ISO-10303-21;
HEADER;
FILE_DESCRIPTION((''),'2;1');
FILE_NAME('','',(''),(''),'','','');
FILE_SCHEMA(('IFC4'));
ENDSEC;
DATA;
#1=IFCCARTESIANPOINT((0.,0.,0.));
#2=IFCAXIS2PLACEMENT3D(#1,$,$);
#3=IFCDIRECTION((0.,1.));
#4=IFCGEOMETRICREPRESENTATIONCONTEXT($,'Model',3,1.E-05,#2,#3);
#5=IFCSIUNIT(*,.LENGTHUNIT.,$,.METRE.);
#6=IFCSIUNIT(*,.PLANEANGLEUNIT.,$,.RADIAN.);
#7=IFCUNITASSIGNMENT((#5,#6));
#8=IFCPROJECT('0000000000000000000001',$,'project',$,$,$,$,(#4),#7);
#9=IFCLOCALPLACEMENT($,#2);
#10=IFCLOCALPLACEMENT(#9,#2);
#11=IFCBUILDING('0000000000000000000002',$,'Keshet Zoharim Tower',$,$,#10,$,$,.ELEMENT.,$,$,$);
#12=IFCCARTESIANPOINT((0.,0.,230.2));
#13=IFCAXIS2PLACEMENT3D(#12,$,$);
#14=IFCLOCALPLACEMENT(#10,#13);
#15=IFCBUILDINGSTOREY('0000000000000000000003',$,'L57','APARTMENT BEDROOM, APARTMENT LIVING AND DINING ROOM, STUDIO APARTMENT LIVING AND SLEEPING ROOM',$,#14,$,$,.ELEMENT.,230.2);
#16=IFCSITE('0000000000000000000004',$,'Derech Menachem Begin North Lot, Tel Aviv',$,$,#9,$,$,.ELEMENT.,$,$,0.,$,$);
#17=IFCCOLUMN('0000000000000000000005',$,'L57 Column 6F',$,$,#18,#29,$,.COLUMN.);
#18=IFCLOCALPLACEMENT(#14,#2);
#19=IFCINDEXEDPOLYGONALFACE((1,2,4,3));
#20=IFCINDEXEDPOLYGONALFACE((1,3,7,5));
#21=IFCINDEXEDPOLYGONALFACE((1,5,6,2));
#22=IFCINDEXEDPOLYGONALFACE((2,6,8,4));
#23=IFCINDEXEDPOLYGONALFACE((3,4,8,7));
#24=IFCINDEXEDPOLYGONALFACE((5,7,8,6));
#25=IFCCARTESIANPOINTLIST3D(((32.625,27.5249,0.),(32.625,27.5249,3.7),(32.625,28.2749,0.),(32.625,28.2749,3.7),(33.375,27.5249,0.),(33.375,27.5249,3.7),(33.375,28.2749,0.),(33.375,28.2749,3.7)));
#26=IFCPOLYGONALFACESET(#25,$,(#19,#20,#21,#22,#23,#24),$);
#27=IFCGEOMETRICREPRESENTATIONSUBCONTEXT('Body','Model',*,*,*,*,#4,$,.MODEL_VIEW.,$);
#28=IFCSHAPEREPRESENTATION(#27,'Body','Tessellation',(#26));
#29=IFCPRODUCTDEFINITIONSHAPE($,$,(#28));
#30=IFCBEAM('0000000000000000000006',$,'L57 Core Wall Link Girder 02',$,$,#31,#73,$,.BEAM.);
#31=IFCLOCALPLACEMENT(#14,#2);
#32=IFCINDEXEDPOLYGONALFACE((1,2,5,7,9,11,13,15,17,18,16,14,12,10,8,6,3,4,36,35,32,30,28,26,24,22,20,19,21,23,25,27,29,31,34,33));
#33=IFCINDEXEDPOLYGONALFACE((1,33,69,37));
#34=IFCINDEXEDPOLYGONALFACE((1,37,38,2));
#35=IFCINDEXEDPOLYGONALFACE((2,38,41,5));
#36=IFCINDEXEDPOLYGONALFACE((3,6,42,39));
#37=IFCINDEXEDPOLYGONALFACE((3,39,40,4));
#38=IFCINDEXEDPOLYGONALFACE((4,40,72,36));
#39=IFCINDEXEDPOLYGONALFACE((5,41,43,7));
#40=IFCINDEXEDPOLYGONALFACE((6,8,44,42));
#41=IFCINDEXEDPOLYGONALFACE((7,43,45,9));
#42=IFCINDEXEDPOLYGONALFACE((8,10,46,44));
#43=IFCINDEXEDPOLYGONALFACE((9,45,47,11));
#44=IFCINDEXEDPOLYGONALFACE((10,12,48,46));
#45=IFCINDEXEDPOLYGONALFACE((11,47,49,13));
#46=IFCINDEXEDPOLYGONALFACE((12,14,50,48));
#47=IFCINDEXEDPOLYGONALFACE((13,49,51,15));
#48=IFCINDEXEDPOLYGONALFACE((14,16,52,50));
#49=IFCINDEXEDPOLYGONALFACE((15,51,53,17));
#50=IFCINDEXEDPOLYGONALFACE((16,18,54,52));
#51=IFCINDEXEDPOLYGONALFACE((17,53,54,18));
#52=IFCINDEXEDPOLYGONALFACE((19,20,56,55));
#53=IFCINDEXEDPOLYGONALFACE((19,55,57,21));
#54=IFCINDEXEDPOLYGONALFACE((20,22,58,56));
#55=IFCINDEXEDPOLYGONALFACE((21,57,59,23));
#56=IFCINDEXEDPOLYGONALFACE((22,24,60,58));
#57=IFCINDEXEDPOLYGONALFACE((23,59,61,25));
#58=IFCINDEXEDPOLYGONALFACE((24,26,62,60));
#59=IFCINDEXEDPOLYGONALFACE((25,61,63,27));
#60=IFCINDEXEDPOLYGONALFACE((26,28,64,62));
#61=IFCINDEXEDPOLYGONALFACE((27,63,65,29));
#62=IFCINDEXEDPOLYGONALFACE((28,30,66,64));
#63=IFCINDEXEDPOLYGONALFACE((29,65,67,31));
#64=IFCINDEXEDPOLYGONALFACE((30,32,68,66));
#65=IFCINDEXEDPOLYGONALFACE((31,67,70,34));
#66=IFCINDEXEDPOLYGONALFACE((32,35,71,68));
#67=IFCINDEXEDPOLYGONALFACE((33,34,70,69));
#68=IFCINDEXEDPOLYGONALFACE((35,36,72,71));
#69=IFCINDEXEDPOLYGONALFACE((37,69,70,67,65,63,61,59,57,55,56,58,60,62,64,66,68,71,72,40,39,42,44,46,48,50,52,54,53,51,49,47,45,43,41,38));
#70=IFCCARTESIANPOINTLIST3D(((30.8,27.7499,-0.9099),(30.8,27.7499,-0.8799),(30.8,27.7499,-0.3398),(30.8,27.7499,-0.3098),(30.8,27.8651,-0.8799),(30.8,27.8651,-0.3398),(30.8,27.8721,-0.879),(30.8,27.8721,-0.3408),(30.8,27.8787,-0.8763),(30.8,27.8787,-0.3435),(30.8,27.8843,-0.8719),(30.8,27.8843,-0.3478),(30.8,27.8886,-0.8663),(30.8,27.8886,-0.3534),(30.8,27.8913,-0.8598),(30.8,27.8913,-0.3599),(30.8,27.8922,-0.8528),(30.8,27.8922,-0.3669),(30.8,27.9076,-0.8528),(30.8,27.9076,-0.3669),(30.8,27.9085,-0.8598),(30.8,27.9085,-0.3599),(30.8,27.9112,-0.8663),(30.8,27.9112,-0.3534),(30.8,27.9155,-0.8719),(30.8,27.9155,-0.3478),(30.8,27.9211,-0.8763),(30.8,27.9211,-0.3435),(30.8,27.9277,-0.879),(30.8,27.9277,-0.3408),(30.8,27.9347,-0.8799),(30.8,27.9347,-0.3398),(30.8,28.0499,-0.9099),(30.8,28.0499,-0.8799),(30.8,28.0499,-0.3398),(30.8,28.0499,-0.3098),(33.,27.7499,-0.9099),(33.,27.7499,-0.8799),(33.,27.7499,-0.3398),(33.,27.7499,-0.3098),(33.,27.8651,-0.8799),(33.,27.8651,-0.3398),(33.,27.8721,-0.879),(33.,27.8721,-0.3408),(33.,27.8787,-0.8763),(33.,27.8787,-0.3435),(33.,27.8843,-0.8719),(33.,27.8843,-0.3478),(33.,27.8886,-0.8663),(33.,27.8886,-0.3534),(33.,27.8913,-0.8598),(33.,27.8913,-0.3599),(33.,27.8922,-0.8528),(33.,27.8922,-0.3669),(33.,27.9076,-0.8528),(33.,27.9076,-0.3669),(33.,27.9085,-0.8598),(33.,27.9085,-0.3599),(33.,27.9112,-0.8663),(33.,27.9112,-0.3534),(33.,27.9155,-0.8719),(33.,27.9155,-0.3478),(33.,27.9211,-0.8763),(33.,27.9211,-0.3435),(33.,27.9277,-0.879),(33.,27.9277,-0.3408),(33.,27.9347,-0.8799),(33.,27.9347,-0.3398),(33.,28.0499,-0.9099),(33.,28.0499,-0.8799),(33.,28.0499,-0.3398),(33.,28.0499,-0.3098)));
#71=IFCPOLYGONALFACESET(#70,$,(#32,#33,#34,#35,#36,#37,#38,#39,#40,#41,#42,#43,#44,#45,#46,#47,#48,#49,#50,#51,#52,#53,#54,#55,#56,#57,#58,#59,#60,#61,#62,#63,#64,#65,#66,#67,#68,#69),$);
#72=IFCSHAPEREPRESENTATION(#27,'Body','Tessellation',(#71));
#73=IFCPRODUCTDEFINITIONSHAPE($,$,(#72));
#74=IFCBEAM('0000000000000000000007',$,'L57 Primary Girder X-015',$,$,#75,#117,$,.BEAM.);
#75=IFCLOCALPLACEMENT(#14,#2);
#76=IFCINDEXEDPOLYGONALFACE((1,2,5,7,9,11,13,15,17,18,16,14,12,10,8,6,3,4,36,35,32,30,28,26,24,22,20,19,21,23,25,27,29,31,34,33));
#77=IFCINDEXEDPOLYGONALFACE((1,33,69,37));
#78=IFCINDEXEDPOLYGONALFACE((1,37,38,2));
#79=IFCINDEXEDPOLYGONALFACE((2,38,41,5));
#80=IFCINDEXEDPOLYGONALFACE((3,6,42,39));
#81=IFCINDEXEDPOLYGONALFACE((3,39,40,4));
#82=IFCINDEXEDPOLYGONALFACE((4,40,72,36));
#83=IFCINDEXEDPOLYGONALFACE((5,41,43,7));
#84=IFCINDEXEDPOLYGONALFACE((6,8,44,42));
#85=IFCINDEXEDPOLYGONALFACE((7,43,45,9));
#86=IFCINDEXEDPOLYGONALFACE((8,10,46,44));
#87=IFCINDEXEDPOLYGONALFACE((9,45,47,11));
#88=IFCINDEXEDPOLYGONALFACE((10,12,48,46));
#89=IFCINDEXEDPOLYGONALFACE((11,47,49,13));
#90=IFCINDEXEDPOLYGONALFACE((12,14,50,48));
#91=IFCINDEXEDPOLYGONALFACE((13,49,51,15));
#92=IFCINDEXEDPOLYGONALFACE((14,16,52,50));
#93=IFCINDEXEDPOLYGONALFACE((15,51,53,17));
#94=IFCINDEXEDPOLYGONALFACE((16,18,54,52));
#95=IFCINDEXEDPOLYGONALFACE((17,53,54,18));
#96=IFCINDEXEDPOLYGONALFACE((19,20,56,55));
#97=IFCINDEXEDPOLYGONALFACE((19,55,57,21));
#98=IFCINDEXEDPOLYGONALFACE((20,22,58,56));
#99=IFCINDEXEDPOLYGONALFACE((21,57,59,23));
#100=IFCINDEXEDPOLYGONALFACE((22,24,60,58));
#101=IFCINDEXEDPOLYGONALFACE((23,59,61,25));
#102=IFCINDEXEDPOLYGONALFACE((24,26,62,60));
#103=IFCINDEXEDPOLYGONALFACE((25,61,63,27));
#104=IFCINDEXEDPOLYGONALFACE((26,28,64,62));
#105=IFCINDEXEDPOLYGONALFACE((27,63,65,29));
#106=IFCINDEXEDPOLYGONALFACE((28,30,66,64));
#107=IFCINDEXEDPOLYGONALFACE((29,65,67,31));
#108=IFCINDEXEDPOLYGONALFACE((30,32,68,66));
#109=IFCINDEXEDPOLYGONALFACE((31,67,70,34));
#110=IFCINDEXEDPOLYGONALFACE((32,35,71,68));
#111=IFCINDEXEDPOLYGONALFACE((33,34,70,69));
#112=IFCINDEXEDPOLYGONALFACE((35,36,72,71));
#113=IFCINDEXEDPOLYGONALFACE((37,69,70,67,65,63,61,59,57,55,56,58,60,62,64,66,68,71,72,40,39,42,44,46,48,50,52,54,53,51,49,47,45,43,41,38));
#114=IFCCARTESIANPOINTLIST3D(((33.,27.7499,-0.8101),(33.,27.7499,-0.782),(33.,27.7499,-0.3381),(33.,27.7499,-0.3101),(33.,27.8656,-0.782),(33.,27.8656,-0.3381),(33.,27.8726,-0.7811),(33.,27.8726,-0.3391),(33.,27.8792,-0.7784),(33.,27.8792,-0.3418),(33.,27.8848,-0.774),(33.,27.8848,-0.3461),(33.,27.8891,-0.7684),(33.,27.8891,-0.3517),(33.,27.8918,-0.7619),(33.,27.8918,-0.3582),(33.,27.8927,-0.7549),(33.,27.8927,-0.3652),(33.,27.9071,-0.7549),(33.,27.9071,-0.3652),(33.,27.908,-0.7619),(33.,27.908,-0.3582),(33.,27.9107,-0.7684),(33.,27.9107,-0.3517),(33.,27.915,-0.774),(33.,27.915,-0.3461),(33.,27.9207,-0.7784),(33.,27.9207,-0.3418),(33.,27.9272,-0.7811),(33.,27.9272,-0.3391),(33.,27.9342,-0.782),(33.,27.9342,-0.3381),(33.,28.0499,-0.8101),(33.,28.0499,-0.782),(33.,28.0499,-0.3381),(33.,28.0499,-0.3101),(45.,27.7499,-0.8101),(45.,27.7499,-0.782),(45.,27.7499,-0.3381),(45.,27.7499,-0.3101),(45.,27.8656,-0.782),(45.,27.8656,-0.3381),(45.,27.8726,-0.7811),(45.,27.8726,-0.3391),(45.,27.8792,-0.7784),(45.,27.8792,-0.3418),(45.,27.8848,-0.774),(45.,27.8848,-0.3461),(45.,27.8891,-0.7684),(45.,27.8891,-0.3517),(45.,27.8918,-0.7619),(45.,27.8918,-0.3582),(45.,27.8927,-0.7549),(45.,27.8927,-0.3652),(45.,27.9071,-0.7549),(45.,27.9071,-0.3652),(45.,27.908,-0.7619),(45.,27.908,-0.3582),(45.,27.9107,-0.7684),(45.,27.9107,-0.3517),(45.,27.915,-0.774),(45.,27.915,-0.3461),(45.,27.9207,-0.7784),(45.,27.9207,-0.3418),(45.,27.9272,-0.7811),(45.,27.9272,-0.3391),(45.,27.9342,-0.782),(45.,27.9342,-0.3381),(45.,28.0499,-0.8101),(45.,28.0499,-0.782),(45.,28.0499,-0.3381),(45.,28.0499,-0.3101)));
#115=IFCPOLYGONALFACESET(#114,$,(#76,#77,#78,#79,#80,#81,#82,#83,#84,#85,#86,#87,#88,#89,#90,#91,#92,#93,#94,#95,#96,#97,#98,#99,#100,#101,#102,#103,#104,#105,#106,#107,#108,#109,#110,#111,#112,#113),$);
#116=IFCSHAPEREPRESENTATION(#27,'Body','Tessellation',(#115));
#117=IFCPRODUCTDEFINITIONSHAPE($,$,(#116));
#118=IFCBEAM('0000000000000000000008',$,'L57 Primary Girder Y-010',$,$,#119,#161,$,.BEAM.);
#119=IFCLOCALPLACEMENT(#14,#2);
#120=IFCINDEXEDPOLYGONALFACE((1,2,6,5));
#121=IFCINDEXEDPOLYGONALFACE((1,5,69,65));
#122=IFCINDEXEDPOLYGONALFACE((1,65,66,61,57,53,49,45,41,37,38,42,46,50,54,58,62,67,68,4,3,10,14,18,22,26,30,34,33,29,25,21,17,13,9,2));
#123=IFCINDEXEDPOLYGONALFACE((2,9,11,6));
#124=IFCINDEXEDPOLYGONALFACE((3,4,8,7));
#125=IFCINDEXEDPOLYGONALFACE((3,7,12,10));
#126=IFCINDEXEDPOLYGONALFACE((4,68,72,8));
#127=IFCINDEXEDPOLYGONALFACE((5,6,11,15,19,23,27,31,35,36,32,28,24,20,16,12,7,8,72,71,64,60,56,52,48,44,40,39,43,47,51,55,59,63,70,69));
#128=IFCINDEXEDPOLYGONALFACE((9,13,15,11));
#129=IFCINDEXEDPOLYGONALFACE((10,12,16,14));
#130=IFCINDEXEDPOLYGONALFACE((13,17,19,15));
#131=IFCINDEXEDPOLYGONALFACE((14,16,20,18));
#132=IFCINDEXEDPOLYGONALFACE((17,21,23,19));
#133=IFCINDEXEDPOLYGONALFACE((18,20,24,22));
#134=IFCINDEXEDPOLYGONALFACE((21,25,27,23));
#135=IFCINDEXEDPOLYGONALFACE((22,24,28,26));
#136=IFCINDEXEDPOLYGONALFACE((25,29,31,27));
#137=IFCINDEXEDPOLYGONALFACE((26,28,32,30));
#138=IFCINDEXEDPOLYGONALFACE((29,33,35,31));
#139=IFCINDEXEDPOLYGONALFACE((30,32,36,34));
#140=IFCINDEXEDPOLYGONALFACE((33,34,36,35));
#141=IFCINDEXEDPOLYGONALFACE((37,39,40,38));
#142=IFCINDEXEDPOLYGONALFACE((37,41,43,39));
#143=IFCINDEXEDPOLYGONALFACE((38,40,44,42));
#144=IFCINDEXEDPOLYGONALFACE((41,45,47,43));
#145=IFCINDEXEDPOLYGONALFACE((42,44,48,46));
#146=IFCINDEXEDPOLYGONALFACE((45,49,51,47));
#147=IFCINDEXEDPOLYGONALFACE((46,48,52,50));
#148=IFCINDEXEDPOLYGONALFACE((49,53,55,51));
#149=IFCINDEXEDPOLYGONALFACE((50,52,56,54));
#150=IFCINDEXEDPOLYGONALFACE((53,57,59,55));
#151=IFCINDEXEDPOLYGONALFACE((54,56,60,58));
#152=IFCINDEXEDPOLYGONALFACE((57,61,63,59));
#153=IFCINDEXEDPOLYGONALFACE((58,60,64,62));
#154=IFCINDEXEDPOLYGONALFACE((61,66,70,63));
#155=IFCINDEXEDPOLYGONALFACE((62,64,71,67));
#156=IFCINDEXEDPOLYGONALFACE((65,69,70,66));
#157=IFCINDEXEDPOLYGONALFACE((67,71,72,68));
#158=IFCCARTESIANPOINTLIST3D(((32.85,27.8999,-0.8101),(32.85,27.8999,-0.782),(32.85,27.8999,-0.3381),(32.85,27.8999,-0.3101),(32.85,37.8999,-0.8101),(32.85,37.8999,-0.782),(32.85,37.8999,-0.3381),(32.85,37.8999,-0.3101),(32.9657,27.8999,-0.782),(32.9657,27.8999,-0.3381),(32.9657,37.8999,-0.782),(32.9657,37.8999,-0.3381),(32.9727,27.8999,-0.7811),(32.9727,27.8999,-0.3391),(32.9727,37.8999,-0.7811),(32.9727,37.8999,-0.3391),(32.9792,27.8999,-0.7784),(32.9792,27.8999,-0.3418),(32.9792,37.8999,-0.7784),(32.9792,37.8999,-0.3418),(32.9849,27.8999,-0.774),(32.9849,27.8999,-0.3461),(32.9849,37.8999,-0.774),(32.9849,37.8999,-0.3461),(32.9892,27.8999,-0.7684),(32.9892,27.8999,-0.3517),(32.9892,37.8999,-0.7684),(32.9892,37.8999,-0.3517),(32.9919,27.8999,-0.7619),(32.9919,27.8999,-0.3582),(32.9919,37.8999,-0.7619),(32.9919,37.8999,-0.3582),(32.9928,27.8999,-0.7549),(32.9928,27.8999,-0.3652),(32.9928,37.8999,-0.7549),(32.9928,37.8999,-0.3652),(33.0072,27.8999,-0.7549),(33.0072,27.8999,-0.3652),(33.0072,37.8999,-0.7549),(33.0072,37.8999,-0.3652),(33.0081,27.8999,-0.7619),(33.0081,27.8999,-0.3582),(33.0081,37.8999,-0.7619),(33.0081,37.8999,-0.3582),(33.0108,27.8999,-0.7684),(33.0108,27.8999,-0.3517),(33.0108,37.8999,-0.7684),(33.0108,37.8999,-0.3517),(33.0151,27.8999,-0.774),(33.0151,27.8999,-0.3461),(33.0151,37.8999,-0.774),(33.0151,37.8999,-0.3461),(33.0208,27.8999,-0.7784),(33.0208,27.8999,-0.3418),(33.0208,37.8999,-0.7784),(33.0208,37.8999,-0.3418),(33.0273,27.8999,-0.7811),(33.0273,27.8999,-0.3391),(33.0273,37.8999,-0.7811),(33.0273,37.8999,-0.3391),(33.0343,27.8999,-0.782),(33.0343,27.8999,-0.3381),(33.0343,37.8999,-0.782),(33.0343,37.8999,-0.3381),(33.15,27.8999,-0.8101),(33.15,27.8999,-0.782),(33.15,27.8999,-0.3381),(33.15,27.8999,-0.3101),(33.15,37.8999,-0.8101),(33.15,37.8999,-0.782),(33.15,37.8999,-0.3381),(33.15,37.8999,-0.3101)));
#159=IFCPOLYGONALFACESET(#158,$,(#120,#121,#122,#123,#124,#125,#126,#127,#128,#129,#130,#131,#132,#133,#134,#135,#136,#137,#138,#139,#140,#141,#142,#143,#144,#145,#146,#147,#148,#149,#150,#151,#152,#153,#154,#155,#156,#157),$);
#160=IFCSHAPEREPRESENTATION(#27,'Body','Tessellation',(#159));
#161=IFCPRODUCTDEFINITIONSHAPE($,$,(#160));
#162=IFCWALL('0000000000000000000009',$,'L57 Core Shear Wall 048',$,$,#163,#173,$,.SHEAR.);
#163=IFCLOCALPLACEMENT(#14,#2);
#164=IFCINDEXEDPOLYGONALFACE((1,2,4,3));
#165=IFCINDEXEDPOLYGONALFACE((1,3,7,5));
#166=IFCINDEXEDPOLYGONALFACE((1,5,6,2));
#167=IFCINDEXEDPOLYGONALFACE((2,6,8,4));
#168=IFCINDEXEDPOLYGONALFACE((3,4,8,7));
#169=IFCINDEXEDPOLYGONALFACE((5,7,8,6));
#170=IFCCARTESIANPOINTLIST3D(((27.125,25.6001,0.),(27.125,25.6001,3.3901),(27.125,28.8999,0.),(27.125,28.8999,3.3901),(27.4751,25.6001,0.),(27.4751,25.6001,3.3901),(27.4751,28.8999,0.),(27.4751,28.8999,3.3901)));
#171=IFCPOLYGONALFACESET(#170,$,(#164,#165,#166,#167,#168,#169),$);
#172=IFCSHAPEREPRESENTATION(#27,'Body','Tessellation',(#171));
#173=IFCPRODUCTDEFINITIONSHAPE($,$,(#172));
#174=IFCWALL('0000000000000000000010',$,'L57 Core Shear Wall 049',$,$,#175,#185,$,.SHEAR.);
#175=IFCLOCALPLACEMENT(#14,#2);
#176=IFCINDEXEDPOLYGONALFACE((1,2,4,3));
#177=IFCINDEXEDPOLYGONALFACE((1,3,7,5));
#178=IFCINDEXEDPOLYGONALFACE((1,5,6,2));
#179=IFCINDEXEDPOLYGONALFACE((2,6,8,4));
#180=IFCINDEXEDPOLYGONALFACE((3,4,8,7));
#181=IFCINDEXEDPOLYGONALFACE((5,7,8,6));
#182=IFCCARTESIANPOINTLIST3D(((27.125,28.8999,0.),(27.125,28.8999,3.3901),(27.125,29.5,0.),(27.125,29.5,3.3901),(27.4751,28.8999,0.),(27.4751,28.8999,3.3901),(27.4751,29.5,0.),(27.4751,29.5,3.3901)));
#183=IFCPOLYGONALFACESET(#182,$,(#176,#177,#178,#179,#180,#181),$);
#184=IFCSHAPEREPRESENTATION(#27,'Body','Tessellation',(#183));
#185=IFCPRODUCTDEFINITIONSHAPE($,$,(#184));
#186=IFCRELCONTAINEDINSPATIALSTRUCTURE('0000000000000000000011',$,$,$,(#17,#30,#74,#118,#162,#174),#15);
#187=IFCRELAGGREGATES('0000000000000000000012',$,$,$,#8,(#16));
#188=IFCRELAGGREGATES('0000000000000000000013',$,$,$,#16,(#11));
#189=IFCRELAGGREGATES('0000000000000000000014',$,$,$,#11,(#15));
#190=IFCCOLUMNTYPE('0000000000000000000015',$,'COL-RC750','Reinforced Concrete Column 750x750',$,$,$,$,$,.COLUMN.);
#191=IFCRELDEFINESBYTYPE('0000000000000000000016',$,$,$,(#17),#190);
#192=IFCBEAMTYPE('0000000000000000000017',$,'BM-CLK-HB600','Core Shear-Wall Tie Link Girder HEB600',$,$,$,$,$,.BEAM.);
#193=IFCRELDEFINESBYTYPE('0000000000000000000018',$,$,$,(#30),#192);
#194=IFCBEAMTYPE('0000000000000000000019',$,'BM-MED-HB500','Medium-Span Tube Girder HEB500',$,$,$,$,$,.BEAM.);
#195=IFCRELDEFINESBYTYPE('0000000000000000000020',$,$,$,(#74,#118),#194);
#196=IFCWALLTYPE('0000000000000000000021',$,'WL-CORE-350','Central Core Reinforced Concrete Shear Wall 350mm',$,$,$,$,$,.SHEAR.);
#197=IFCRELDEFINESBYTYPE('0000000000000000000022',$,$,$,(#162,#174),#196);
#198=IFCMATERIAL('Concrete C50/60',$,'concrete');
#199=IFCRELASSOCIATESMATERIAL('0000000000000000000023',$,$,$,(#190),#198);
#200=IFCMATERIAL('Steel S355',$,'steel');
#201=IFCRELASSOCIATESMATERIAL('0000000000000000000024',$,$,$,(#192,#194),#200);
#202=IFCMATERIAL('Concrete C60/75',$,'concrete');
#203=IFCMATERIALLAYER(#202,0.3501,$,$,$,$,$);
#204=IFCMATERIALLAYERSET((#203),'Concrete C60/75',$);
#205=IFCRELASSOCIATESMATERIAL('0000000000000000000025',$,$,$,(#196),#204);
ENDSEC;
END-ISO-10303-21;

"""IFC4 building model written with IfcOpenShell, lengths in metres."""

from ifc_helpers import new_model, si_unit, direction, frame, frame_2d, origin, origin_2d, place, context, subcontext, project, spatial, rectangle, i_section, extrude, material, layer, layer_set, material_profile, profile_set, type_object, element, save


model = new_model("IFC4")

# Units and contexts
model_context = context("Model", 3, precision=1e-05, world=origin(), true_north=direction((0.0, 1.0)))
body_context = subcontext(model_context, "Body", "Model", "MODEL_VIEW")
ifc_project = project(units=[si_unit("LENGTHUNIT", "METRE"), si_unit("PLANEANGLEUNIT", "RADIAN")], contexts=[model_context])

# Site, building, storey
site_placement = place(None, origin())
site = spatial("IfcSite", under=ifc_project, at=site_placement, Name="Derech Menachem Begin North Lot, Tel Aviv", CompositionType="ELEMENT", RefElevation=0.0)
building_placement = place(site_placement, origin())
building = spatial("IfcBuilding", under=site, at=building_placement, Name="Keshet Zoharim Tower", CompositionType="ELEMENT")
storey_placement = place(building_placement, frame((0.0, 0.0, 230.2)))
storey = spatial("IfcBuildingStorey", under=building, at=storey_placement, Name="L57", Description="APARTMENT BEDROOM, APARTMENT LIVING AND DINING ROOM, STUDIO APARTMENT LIVING AND SLEEPING ROOM", CompositionType="ELEMENT", Elevation=230.2)

# Column
ifc_material_1 = material(Name="Concrete C50/60", Category="concrete")
ifc_material_profile_1 = material_profile(ifc_material_1, rectangle(XDim=0.75, YDim=0.75, at=origin_2d()), Name="RC750x750")
ifc_profile_set_1 = profile_set([ifc_material_profile_1], Name="Concrete C50/60")
column_type = type_object("IfcColumnType", Name="COL-RC750", Description="Reinforced Concrete Column 750x750", PredefinedType="COLUMN", material=ifc_profile_set_1)
column_placement = place(storey_placement, frame((33.0, 27.8999, 0.0), z_axis=(0.0, 0.0, 1.0), x_axis=(1.0, 0.0, 0.0)))
element("IfcColumn", 1, at=column_placement, inside=storey, type_object=column_type, Name="L57 Column 6F", PredefinedType="COLUMN", context=body_context, shape_type="SweptSolid", body=[
    extrude(rectangle(XDim=0.75, YDim=0.75, at=origin_2d()), origin(), (0.0, 0.0, 1.0), 3.7),
])

# Beams
ifc_material_2 = material(Name="Steel S355", Category="steel")
ifc_material_profile_2 = material_profile(ifc_material_2, i_section(OverallWidth=0.3, OverallDepth=0.6001, WebThickness=0.0154, FlangeThickness=0.03, FilletRadius=0.0271, at=origin_2d()), Name="HEB600")
ifc_profile_set_2 = profile_set([ifc_material_profile_2], Name="Steel S355")
beam_type_1 = type_object("IfcBeamType", Name="BM-CLK-HB600", Description="Core Shear-Wall Tie Link Girder HEB600", PredefinedType="BEAM", material=ifc_profile_set_2)
beam_1_placement = place(storey_placement, frame((30.8, 27.8999, -0.6099), z_axis=(1.0, 0.0, 0.0), x_axis=(0.0, 1.0, 0.0)))
element("IfcBeam", 2, at=beam_1_placement, inside=storey, type_object=beam_type_1, Name="L57 Core Wall Link Girder 02", PredefinedType="BEAM", context=body_context, shape_type="SweptSolid", body=[
    extrude(i_section(OverallWidth=0.3, OverallDepth=0.6001, WebThickness=0.0154, FlangeThickness=0.03, FilletRadius=0.0271, at=origin_2d()), origin(), (0.0, 0.0, 1.0), 2.2),
])
ifc_material_profile_3 = material_profile(ifc_material_2, i_section(OverallWidth=0.3, OverallDepth=0.5, WebThickness=0.0144, FlangeThickness=0.0281, FilletRadius=0.0271, at=origin_2d()), Name="HEB500")
ifc_profile_set_3 = profile_set([ifc_material_profile_3], Name="Steel S355")
beam_type_2 = type_object("IfcBeamType", Name="BM-MED-HB500", Description="Medium-Span Tube Girder HEB500", PredefinedType="BEAM", material=ifc_profile_set_3)
beam_2_placement = place(storey_placement, frame((33.0, 27.8999, -0.5601), z_axis=(1.0, 0.0, 0.0), x_axis=(0.0, 1.0, 0.0)))
element("IfcBeam", 3, at=beam_2_placement, inside=storey, type_object=beam_type_2, Name="L57 Primary Girder X-015", PredefinedType="BEAM", context=body_context, shape_type="SweptSolid", body=[
    extrude(i_section(OverallWidth=0.3, OverallDepth=0.5, WebThickness=0.0144, FlangeThickness=0.0281, FilletRadius=0.0271, at=origin_2d()), origin(), (0.0, 0.0, 1.0), 12.0),
])
beam_3_placement = place(storey_placement, frame((33.0, 27.8999, -0.5601), z_axis=(0.0, 1.0, 0.0), x_axis=(-1.0, 0.0, 0.0)))
element("IfcBeam", 4, at=beam_3_placement, inside=storey, type_object=beam_type_2, Name="L57 Primary Girder Y-010", PredefinedType="BEAM", context=body_context, shape_type="SweptSolid", body=[
    extrude(i_section(OverallWidth=0.3, OverallDepth=0.5, WebThickness=0.0144, FlangeThickness=0.0281, FilletRadius=0.0271, at=origin_2d()), origin(), (0.0, 0.0, 1.0), 10.0),
])

# Walls
ifc_material_3 = material(Name="Concrete C60/75", Category="concrete")
ifc_layer_1 = layer(ifc_material_3, 0.3501)
ifc_layer_set_1 = layer_set([ifc_layer_1], Name="Concrete C60/75")
wall_type_1 = type_object("IfcWallType", Name="WL-CORE-350", Description="Central Core Reinforced Concrete Shear Wall 350mm", PredefinedType="SHEAR", material=ifc_layer_set_1)
wall_1_placement = place(storey_placement, frame((27.3, 25.6001, 0.0), z_axis=(0.0, 0.0, 1.0), x_axis=(0.0, 1.0, 0.0)))
element("IfcWall", 5, at=wall_1_placement, inside=storey, type_object=wall_type_1, Name="L57 Core Shear Wall 048", PredefinedType="SHEAR", context=body_context, shape_type="SweptSolid", body=[
    extrude(rectangle(XDim=3.2998, YDim=0.3501, at=frame_2d((1.6499, 0.0))), origin(), (0.0, 0.0, 1.0), 3.3901),
])
wall_2_placement = place(storey_placement, frame((27.3, 28.8999, 0.0), z_axis=(0.0, 0.0, 1.0), x_axis=(0.0, 1.0, 0.0)))
element("IfcWall", 6, at=wall_2_placement, inside=storey, type_object=wall_type_1, Name="L57 Core Shear Wall 049", PredefinedType="SHEAR", context=body_context, shape_type="SweptSolid", body=[
    extrude(rectangle(XDim=0.6001, YDim=0.3501, at=frame_2d((0.3, 0.0))), origin(), (0.0, 0.0, 1.0), 3.3901),
])

save(model, "model.ifc")
